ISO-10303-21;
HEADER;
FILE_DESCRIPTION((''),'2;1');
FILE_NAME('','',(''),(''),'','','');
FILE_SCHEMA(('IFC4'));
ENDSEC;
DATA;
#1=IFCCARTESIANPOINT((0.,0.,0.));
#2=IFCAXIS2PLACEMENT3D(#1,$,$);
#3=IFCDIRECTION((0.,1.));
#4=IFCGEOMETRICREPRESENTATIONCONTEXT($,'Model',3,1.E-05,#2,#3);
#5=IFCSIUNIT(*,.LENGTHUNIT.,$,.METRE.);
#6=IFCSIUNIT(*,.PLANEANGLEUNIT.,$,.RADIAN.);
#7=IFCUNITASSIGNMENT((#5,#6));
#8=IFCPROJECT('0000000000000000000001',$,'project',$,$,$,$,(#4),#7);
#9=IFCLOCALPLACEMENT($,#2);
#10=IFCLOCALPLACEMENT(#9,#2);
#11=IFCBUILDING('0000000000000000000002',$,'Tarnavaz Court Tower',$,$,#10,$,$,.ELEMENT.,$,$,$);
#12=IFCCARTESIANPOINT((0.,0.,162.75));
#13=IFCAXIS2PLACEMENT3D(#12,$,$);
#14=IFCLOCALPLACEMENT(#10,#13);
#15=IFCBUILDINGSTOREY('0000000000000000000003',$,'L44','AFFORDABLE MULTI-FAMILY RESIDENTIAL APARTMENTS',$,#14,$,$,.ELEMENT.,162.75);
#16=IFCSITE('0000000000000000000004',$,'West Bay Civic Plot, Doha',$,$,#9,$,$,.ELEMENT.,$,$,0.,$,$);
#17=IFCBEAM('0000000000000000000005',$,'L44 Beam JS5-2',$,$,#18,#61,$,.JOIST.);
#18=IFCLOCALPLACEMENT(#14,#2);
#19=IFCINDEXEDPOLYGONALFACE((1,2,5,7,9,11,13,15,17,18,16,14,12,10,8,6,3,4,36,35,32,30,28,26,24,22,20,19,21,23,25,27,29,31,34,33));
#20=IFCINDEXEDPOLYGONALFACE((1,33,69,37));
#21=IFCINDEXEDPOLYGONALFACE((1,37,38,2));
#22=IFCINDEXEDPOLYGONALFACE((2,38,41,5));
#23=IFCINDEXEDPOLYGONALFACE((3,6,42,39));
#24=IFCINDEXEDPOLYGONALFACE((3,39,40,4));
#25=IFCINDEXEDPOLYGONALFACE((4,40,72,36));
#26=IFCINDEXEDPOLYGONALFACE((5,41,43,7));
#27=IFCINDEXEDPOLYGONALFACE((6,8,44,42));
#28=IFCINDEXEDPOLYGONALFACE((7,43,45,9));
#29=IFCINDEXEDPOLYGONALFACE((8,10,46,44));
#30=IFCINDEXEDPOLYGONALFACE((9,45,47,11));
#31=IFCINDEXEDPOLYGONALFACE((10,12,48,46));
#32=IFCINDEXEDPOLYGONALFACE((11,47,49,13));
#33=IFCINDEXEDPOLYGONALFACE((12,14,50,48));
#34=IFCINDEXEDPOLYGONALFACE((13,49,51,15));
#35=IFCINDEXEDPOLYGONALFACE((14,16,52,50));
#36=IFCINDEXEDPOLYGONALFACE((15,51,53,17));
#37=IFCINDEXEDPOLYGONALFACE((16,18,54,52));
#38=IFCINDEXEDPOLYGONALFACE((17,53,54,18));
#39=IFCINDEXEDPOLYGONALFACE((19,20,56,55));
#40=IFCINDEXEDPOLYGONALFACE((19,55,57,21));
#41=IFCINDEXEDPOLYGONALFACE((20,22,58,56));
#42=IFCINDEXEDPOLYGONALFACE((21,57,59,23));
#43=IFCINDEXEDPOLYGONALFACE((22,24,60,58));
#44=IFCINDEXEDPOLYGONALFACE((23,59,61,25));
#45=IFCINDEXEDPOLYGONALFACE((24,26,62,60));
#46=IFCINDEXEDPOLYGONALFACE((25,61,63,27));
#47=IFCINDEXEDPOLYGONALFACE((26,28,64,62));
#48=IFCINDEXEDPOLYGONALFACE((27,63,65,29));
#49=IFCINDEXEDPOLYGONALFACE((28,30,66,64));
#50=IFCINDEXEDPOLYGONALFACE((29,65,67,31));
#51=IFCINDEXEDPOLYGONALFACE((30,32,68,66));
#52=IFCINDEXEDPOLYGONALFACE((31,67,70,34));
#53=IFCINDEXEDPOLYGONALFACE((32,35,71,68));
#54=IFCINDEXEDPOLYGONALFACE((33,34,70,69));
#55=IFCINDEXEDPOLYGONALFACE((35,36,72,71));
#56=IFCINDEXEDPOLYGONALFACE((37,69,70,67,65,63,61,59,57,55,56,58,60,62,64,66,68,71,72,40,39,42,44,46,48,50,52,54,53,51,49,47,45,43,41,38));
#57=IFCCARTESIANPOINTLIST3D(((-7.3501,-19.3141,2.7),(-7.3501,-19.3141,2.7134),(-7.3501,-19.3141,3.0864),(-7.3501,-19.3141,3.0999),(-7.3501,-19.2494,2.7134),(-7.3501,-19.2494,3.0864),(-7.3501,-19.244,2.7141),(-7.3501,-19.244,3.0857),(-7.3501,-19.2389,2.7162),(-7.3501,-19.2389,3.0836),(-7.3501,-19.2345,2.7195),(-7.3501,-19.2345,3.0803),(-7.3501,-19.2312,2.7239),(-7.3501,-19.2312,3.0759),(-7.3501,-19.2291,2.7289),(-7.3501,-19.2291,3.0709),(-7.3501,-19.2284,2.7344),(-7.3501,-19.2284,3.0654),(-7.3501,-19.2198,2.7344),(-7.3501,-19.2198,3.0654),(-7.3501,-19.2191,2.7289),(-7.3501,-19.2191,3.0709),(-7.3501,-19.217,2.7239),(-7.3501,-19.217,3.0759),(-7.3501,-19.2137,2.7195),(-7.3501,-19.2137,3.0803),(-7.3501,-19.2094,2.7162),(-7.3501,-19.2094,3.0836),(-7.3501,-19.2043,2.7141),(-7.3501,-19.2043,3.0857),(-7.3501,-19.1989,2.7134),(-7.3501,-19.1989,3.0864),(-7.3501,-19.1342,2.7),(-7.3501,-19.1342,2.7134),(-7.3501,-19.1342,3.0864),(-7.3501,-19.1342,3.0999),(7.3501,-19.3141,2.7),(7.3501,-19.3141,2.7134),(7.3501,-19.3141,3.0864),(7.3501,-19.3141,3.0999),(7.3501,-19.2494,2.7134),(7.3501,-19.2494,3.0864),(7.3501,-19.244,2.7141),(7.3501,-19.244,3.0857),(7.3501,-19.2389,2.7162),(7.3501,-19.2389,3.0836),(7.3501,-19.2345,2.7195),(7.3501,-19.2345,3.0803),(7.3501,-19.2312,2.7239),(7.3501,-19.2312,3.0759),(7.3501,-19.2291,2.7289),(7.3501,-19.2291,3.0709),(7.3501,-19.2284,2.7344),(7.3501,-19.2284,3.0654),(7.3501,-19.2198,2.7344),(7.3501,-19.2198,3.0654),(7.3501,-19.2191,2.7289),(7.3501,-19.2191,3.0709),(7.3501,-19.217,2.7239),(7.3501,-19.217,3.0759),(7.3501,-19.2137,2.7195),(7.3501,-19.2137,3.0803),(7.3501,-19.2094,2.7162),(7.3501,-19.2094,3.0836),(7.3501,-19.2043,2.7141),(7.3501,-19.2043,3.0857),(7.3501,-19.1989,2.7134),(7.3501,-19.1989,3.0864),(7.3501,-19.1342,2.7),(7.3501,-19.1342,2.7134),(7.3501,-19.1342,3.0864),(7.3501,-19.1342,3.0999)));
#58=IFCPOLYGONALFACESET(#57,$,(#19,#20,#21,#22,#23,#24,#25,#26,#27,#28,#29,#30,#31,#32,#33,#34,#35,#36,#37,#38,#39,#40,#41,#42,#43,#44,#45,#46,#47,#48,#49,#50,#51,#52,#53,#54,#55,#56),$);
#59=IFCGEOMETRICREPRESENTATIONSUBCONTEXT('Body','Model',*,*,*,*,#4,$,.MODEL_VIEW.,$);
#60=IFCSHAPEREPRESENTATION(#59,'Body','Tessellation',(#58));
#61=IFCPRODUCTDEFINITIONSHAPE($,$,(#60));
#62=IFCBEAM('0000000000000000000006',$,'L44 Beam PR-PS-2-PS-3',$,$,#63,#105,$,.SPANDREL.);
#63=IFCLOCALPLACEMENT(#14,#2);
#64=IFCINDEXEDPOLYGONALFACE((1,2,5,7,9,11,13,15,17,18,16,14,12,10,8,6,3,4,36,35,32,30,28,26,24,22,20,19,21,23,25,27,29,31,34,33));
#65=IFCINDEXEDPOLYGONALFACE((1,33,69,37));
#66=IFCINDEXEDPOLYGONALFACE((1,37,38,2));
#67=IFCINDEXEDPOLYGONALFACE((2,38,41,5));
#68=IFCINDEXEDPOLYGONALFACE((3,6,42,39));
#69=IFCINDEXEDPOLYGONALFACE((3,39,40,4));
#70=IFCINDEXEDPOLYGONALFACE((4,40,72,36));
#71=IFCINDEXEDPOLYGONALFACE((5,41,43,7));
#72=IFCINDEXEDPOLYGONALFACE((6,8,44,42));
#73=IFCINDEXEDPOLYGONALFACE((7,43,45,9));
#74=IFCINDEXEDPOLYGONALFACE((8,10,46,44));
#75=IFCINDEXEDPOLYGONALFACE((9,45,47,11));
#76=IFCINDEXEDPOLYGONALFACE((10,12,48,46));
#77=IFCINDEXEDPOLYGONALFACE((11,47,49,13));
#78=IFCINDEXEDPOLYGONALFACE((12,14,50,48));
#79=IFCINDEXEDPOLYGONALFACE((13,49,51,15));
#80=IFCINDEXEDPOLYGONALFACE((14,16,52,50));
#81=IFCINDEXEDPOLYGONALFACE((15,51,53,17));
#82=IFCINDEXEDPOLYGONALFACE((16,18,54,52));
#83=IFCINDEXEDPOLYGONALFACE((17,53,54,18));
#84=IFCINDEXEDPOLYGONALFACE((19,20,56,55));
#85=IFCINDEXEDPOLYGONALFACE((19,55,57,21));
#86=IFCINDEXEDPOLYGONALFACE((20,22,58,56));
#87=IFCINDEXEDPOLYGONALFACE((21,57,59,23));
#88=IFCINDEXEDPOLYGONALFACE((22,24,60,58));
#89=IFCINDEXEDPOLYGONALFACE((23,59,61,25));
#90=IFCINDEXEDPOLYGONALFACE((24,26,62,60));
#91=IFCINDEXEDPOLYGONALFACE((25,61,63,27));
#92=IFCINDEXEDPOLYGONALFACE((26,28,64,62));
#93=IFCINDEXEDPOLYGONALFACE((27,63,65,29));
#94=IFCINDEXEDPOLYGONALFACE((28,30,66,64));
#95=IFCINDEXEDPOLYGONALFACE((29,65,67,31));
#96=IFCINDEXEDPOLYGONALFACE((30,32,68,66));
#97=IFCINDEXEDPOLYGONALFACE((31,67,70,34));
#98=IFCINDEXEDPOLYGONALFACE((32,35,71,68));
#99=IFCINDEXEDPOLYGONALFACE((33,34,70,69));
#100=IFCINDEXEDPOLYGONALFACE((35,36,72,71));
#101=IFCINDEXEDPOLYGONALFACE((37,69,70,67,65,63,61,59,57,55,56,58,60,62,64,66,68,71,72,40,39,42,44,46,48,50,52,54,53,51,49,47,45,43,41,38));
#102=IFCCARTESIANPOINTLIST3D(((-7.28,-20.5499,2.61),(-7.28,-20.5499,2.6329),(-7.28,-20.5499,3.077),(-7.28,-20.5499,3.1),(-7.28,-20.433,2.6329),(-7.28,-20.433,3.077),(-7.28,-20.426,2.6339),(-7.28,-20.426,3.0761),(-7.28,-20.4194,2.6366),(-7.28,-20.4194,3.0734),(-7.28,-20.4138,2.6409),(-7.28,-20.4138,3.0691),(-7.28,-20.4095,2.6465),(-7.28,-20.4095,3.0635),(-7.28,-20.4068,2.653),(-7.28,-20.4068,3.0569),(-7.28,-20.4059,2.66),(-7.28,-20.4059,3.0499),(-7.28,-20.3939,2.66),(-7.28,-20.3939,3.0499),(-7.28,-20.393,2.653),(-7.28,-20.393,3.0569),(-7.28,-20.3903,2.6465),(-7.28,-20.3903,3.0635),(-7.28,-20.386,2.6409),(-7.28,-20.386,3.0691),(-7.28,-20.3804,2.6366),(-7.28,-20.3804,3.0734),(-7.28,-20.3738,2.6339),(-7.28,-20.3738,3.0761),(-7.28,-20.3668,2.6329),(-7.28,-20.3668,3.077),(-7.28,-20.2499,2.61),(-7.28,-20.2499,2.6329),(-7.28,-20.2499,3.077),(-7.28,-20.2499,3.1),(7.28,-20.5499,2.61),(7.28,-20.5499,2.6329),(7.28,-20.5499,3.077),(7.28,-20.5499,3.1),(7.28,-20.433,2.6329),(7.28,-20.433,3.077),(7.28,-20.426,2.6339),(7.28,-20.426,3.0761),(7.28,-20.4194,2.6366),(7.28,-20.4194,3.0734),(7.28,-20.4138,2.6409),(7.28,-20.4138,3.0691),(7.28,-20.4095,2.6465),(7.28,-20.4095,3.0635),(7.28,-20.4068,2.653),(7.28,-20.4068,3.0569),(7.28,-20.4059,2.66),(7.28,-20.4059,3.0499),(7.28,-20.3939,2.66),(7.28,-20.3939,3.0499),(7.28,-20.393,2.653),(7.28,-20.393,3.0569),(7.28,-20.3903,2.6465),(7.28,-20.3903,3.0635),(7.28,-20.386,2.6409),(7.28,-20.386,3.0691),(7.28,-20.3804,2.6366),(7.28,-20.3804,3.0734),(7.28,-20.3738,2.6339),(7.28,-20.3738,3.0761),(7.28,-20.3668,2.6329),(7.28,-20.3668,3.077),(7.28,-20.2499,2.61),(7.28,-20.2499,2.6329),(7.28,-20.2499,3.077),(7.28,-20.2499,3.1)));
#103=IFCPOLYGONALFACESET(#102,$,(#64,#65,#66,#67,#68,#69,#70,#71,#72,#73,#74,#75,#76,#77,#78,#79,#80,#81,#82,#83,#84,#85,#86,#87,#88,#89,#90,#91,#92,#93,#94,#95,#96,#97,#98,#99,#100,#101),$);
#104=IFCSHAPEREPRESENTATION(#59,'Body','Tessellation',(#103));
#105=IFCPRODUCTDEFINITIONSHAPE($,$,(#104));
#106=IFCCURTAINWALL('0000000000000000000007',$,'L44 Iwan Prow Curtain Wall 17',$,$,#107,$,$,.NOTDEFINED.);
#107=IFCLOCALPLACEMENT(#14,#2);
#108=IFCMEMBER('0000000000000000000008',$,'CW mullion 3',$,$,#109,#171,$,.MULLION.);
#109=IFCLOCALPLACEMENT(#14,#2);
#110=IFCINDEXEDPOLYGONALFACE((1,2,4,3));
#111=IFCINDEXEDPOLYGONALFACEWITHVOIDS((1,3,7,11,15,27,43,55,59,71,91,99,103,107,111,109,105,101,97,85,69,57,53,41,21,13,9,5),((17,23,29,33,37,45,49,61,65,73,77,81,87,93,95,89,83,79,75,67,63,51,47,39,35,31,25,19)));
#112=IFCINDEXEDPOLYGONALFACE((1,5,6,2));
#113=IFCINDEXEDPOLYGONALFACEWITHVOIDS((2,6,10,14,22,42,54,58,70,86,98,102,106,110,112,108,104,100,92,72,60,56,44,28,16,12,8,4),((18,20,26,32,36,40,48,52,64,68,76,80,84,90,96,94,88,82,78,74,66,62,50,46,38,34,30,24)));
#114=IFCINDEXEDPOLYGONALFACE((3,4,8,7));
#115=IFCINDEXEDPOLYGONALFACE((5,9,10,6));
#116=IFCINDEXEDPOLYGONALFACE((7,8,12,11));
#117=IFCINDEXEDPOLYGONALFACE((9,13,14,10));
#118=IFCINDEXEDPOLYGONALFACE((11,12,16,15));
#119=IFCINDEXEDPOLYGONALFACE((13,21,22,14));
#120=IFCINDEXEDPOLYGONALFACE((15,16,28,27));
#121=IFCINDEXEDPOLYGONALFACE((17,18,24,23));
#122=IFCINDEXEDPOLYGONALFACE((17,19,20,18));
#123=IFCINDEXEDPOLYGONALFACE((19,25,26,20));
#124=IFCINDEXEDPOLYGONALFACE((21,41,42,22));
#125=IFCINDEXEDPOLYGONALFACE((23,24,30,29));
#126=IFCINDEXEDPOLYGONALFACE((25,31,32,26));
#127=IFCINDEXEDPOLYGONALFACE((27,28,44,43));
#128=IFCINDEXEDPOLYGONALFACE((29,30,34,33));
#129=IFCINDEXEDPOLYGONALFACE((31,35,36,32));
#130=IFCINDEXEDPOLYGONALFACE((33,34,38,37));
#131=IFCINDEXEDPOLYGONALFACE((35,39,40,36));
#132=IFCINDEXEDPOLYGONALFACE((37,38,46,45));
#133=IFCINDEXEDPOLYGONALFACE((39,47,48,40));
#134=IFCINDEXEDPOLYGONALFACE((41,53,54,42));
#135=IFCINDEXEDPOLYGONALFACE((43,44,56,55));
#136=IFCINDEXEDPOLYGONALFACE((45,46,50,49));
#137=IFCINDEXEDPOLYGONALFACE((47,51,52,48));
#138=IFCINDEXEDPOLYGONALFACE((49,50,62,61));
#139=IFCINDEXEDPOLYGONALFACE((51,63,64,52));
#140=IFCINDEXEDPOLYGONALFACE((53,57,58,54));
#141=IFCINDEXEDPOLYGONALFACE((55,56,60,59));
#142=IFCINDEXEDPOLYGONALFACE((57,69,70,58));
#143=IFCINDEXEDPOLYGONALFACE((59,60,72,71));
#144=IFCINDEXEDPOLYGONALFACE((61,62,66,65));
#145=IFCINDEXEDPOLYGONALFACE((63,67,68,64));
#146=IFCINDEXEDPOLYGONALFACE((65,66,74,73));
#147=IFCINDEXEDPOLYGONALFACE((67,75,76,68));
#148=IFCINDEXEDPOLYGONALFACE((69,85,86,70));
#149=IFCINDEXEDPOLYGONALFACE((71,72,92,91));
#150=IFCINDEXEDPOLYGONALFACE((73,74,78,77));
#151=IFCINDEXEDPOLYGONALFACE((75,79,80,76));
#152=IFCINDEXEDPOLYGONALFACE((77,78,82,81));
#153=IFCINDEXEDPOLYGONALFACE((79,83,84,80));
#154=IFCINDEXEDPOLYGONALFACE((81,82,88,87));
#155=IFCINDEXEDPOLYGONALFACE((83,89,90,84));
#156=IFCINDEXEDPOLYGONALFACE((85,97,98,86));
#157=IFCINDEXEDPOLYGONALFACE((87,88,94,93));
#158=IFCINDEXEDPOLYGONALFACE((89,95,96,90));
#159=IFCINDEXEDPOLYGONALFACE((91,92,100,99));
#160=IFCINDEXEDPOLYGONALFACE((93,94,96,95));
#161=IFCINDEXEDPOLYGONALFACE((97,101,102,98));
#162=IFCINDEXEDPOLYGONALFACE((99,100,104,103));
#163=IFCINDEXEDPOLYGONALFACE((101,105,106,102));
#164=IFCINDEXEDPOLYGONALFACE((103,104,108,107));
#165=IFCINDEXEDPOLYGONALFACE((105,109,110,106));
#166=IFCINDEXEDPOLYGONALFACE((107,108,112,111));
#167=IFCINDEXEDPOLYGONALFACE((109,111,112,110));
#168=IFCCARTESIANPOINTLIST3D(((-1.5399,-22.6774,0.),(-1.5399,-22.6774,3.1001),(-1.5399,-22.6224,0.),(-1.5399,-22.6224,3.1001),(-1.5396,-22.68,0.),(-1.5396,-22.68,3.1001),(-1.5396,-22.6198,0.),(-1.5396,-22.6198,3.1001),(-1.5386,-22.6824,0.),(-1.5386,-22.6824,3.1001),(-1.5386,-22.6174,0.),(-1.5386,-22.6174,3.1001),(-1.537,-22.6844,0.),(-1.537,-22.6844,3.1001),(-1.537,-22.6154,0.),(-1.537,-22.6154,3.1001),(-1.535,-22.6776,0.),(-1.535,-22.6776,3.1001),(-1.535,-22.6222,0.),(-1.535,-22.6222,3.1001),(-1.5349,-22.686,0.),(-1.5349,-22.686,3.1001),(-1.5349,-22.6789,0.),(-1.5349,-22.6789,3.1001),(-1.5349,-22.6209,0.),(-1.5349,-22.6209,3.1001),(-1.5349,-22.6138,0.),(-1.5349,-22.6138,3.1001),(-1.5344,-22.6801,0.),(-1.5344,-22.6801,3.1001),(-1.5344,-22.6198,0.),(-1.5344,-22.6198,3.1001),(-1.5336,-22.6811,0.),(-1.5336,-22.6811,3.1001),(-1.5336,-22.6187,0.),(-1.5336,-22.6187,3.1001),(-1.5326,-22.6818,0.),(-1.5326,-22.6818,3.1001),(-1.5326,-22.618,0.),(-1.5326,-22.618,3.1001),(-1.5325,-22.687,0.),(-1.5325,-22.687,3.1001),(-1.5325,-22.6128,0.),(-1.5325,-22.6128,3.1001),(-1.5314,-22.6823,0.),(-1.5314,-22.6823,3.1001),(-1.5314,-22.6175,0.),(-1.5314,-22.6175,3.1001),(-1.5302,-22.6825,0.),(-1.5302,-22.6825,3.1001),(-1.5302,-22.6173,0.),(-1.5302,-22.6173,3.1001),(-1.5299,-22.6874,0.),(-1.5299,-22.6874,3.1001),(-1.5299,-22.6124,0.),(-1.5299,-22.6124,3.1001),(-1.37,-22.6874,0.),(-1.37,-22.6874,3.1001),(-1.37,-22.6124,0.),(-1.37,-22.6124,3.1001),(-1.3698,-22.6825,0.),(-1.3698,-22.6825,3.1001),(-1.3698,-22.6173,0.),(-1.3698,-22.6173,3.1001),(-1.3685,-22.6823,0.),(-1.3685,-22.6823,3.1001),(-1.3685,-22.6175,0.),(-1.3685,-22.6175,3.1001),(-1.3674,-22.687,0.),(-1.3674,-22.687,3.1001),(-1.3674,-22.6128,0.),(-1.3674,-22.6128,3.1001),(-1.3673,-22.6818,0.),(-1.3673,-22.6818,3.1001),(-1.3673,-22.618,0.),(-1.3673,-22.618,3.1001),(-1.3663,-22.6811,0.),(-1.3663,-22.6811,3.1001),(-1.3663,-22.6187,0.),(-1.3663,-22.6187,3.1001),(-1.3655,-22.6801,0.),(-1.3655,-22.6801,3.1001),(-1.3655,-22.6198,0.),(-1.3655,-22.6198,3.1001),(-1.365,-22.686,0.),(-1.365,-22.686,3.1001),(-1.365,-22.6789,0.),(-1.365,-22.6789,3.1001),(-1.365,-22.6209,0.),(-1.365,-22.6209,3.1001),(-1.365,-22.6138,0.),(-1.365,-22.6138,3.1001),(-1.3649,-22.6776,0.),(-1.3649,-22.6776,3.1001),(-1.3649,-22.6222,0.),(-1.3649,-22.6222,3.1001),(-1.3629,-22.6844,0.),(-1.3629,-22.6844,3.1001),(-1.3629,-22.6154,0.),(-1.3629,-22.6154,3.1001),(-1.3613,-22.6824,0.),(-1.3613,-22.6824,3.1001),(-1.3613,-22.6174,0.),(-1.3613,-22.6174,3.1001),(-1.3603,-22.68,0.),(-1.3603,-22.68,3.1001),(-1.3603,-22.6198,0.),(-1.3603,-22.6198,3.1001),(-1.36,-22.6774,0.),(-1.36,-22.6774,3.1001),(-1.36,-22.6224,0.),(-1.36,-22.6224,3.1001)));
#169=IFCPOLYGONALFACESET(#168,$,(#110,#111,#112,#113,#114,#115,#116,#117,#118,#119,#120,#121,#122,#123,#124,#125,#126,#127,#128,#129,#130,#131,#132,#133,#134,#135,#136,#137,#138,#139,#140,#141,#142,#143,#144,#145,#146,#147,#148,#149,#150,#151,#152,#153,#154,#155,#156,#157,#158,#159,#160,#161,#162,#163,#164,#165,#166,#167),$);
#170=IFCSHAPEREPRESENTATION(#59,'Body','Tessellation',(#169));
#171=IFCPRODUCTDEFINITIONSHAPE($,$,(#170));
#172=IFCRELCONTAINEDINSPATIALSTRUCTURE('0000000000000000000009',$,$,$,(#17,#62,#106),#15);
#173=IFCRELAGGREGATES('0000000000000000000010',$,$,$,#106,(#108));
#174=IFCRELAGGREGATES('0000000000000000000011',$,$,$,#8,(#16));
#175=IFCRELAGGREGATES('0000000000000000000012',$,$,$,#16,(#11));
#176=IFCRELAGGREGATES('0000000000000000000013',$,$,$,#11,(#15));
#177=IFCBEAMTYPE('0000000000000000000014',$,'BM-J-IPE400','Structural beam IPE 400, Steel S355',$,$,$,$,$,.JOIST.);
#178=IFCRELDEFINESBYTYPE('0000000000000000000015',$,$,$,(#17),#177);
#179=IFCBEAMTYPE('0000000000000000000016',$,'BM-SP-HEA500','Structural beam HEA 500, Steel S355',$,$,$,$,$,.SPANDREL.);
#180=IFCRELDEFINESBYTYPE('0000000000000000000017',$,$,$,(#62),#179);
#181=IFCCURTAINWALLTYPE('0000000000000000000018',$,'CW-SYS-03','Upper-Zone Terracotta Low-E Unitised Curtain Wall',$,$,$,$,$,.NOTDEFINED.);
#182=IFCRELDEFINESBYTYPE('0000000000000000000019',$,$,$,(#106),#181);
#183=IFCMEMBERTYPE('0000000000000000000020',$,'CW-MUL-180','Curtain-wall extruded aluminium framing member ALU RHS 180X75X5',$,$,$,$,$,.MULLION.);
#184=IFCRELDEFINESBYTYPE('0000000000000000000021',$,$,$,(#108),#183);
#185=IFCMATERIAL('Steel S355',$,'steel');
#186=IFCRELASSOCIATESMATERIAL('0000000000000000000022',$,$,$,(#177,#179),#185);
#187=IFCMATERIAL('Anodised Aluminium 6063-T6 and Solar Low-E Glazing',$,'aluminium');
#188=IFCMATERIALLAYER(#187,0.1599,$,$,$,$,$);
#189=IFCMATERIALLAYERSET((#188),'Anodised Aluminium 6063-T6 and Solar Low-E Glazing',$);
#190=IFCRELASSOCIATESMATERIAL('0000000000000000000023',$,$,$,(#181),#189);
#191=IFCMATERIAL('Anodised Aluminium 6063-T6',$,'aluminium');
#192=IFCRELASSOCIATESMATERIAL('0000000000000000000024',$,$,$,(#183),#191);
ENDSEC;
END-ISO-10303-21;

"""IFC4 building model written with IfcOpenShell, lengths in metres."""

from ifc_helpers import new_model, si_unit, direction, frame, origin, origin_2d, place, context, subcontext, project, spatial, hollow_rectangle, i_section, extrude, material, layer, layer_set, material_profile, profile_set, type_object, element, aggregate, save


model = new_model("IFC4")

# Units and contexts
model_context = context("Model", 3, precision=1e-05, world=origin(), true_north=direction((0.0, 1.0)))
body_context = subcontext(model_context, "Body", "Model", "MODEL_VIEW")
ifc_project = project(units=[si_unit("LENGTHUNIT", "METRE"), si_unit("PLANEANGLEUNIT", "RADIAN")], contexts=[model_context])

# Site, building, storey
site_placement = place(None, origin())
site = spatial("IfcSite", under=ifc_project, at=site_placement, Name="West Bay Civic Plot, Doha", CompositionType="ELEMENT", RefElevation=0.0)
building_placement = place(site_placement, origin())
building = spatial("IfcBuilding", under=site, at=building_placement, Name="Tarnavaz Court Tower", CompositionType="ELEMENT")
storey_placement = place(building_placement, frame((0.0, 0.0, 162.75)))
storey = spatial("IfcBuildingStorey", under=building, at=storey_placement, Name="L44", Description="AFFORDABLE MULTI-FAMILY RESIDENTIAL APARTMENTS", CompositionType="ELEMENT", Elevation=162.75)

# Beams
ifc_material_1 = material(Name="Steel S355", Category="steel")
ifc_material_profile_1 = material_profile(ifc_material_1, i_section(OverallWidth=0.1799, OverallDepth=0.3999, WebThickness=0.0085, FlangeThickness=0.0134, FilletRadius=0.021, at=origin_2d()), Name="IPE 400")
ifc_profile_set_1 = profile_set([ifc_material_profile_1], Name="Steel S355")
beam_type_1 = type_object("IfcBeamType", Name="BM-J-IPE400", Description="Structural beam IPE 400, Steel S355", PredefinedType="JOIST", material=ifc_profile_set_1)
for number, where, z_axis, x_axis, name in (
    (1, (-7.3501, -19.2241, 2.8999), (1.0, 0.0, 0.0), (0.0, 1.0, 0.0), "L44 Beam JS5-2"),
):
    element("IfcBeam", number, at=place(storey_placement, frame(where, z_axis=z_axis, x_axis=x_axis)), inside=storey, type_object=beam_type_1, Name=name, PredefinedType="JOIST", context=body_context, shape_type="SweptSolid", body=[
        extrude(i_section(OverallWidth=0.1799, OverallDepth=0.3999, WebThickness=0.0085, FlangeThickness=0.0134, FilletRadius=0.021, at=origin_2d()), origin(), (0.0, 0.0, 1.0), 14.7002),
    ])
ifc_material_profile_2 = material_profile(ifc_material_1, i_section(OverallWidth=0.3, OverallDepth=0.49, WebThickness=0.012, FlangeThickness=0.0229, FilletRadius=0.0271, at=origin_2d()), Name="HEA 500")
ifc_profile_set_2 = profile_set([ifc_material_profile_2], Name="Steel S355")
beam_type_2 = type_object("IfcBeamType", Name="BM-SP-HEA500", Description="Structural beam HEA 500, Steel S355", PredefinedType="SPANDREL", material=ifc_profile_set_2)
beam_placement = place(storey_placement, frame((-7.28, -20.3999, 2.855), z_axis=(1.0, 0.0, 0.0), x_axis=(0.0, 1.0, 0.0)))
element("IfcBeam", 2, at=beam_placement, inside=storey, type_object=beam_type_2, Name="L44 Beam PR-PS-2-PS-3", PredefinedType="SPANDREL", context=body_context, shape_type="SweptSolid", body=[
    extrude(i_section(OverallWidth=0.3, OverallDepth=0.49, WebThickness=0.012, FlangeThickness=0.0229, FilletRadius=0.0271, at=origin_2d()), origin(), (0.0, 0.0, 1.0), 14.5601),
])

# Curtain wall, member
ifc_material_2 = material(Name="Anodised Aluminium 6063-T6 and Solar Low-E Glazing", Category="aluminium")
ifc_layer_1 = layer(ifc_material_2, 0.1599)
ifc_layer_set_1 = layer_set([ifc_layer_1], Name="Anodised Aluminium 6063-T6 and Solar Low-E Glazing")
curtain_wall_type = type_object("IfcCurtainWallType", Name="CW-SYS-03", Description="Upper-Zone Terracotta Low-E Unitised Curtain Wall", PredefinedType="NOTDEFINED", material=ifc_layer_set_1)
curtain_wall_placement = place(storey_placement, origin())
curtain_wall = element("IfcCurtainWall", 3, at=curtain_wall_placement, inside=storey, type_object=curtain_wall_type, Name="L44 Iwan Prow Curtain Wall 17", PredefinedType="NOTDEFINED")
ifc_material_3 = material(Name="Anodised Aluminium 6063-T6", Category="aluminium")
ifc_material_profile_3 = material_profile(ifc_material_3, hollow_rectangle(XDim=0.075, YDim=0.1799, WallThickness=0.0049, InnerFilletRadius=0.0049, OuterFilletRadius=0.01, at=origin_2d()), Name="ALU RHS 180X75X5")
ifc_profile_set_3 = profile_set([ifc_material_profile_3], Name="Anodised Aluminium 6063-T6")
member_type_1 = type_object("IfcMemberType", Name="CW-MUL-180", Description="Curtain-wall extruded aluminium framing member ALU RHS 180X75X5", PredefinedType="MULLION", material=ifc_profile_set_3)
member_1_placement = place(storey_placement, frame((-1.45, -22.6499, 0.0), z_axis=(0.0, 0.0, 1.0), x_axis=(0.0, -1.0, 0.0)))
member_1 = element("IfcMember", 4, at=member_1_placement, type_object=member_type_1, Name="CW mullion 3", PredefinedType="MULLION", context=body_context, shape_type="SweptSolid", body=[
    extrude(hollow_rectangle(XDim=0.075, YDim=0.1799, WallThickness=0.0049, InnerFilletRadius=0.0049, OuterFilletRadius=0.01, at=origin_2d()), origin(), (0.0, 0.0, 1.0), 3.1001),
])
aggregate(curtain_wall, [member_1])

save(model, "model.ifc")
